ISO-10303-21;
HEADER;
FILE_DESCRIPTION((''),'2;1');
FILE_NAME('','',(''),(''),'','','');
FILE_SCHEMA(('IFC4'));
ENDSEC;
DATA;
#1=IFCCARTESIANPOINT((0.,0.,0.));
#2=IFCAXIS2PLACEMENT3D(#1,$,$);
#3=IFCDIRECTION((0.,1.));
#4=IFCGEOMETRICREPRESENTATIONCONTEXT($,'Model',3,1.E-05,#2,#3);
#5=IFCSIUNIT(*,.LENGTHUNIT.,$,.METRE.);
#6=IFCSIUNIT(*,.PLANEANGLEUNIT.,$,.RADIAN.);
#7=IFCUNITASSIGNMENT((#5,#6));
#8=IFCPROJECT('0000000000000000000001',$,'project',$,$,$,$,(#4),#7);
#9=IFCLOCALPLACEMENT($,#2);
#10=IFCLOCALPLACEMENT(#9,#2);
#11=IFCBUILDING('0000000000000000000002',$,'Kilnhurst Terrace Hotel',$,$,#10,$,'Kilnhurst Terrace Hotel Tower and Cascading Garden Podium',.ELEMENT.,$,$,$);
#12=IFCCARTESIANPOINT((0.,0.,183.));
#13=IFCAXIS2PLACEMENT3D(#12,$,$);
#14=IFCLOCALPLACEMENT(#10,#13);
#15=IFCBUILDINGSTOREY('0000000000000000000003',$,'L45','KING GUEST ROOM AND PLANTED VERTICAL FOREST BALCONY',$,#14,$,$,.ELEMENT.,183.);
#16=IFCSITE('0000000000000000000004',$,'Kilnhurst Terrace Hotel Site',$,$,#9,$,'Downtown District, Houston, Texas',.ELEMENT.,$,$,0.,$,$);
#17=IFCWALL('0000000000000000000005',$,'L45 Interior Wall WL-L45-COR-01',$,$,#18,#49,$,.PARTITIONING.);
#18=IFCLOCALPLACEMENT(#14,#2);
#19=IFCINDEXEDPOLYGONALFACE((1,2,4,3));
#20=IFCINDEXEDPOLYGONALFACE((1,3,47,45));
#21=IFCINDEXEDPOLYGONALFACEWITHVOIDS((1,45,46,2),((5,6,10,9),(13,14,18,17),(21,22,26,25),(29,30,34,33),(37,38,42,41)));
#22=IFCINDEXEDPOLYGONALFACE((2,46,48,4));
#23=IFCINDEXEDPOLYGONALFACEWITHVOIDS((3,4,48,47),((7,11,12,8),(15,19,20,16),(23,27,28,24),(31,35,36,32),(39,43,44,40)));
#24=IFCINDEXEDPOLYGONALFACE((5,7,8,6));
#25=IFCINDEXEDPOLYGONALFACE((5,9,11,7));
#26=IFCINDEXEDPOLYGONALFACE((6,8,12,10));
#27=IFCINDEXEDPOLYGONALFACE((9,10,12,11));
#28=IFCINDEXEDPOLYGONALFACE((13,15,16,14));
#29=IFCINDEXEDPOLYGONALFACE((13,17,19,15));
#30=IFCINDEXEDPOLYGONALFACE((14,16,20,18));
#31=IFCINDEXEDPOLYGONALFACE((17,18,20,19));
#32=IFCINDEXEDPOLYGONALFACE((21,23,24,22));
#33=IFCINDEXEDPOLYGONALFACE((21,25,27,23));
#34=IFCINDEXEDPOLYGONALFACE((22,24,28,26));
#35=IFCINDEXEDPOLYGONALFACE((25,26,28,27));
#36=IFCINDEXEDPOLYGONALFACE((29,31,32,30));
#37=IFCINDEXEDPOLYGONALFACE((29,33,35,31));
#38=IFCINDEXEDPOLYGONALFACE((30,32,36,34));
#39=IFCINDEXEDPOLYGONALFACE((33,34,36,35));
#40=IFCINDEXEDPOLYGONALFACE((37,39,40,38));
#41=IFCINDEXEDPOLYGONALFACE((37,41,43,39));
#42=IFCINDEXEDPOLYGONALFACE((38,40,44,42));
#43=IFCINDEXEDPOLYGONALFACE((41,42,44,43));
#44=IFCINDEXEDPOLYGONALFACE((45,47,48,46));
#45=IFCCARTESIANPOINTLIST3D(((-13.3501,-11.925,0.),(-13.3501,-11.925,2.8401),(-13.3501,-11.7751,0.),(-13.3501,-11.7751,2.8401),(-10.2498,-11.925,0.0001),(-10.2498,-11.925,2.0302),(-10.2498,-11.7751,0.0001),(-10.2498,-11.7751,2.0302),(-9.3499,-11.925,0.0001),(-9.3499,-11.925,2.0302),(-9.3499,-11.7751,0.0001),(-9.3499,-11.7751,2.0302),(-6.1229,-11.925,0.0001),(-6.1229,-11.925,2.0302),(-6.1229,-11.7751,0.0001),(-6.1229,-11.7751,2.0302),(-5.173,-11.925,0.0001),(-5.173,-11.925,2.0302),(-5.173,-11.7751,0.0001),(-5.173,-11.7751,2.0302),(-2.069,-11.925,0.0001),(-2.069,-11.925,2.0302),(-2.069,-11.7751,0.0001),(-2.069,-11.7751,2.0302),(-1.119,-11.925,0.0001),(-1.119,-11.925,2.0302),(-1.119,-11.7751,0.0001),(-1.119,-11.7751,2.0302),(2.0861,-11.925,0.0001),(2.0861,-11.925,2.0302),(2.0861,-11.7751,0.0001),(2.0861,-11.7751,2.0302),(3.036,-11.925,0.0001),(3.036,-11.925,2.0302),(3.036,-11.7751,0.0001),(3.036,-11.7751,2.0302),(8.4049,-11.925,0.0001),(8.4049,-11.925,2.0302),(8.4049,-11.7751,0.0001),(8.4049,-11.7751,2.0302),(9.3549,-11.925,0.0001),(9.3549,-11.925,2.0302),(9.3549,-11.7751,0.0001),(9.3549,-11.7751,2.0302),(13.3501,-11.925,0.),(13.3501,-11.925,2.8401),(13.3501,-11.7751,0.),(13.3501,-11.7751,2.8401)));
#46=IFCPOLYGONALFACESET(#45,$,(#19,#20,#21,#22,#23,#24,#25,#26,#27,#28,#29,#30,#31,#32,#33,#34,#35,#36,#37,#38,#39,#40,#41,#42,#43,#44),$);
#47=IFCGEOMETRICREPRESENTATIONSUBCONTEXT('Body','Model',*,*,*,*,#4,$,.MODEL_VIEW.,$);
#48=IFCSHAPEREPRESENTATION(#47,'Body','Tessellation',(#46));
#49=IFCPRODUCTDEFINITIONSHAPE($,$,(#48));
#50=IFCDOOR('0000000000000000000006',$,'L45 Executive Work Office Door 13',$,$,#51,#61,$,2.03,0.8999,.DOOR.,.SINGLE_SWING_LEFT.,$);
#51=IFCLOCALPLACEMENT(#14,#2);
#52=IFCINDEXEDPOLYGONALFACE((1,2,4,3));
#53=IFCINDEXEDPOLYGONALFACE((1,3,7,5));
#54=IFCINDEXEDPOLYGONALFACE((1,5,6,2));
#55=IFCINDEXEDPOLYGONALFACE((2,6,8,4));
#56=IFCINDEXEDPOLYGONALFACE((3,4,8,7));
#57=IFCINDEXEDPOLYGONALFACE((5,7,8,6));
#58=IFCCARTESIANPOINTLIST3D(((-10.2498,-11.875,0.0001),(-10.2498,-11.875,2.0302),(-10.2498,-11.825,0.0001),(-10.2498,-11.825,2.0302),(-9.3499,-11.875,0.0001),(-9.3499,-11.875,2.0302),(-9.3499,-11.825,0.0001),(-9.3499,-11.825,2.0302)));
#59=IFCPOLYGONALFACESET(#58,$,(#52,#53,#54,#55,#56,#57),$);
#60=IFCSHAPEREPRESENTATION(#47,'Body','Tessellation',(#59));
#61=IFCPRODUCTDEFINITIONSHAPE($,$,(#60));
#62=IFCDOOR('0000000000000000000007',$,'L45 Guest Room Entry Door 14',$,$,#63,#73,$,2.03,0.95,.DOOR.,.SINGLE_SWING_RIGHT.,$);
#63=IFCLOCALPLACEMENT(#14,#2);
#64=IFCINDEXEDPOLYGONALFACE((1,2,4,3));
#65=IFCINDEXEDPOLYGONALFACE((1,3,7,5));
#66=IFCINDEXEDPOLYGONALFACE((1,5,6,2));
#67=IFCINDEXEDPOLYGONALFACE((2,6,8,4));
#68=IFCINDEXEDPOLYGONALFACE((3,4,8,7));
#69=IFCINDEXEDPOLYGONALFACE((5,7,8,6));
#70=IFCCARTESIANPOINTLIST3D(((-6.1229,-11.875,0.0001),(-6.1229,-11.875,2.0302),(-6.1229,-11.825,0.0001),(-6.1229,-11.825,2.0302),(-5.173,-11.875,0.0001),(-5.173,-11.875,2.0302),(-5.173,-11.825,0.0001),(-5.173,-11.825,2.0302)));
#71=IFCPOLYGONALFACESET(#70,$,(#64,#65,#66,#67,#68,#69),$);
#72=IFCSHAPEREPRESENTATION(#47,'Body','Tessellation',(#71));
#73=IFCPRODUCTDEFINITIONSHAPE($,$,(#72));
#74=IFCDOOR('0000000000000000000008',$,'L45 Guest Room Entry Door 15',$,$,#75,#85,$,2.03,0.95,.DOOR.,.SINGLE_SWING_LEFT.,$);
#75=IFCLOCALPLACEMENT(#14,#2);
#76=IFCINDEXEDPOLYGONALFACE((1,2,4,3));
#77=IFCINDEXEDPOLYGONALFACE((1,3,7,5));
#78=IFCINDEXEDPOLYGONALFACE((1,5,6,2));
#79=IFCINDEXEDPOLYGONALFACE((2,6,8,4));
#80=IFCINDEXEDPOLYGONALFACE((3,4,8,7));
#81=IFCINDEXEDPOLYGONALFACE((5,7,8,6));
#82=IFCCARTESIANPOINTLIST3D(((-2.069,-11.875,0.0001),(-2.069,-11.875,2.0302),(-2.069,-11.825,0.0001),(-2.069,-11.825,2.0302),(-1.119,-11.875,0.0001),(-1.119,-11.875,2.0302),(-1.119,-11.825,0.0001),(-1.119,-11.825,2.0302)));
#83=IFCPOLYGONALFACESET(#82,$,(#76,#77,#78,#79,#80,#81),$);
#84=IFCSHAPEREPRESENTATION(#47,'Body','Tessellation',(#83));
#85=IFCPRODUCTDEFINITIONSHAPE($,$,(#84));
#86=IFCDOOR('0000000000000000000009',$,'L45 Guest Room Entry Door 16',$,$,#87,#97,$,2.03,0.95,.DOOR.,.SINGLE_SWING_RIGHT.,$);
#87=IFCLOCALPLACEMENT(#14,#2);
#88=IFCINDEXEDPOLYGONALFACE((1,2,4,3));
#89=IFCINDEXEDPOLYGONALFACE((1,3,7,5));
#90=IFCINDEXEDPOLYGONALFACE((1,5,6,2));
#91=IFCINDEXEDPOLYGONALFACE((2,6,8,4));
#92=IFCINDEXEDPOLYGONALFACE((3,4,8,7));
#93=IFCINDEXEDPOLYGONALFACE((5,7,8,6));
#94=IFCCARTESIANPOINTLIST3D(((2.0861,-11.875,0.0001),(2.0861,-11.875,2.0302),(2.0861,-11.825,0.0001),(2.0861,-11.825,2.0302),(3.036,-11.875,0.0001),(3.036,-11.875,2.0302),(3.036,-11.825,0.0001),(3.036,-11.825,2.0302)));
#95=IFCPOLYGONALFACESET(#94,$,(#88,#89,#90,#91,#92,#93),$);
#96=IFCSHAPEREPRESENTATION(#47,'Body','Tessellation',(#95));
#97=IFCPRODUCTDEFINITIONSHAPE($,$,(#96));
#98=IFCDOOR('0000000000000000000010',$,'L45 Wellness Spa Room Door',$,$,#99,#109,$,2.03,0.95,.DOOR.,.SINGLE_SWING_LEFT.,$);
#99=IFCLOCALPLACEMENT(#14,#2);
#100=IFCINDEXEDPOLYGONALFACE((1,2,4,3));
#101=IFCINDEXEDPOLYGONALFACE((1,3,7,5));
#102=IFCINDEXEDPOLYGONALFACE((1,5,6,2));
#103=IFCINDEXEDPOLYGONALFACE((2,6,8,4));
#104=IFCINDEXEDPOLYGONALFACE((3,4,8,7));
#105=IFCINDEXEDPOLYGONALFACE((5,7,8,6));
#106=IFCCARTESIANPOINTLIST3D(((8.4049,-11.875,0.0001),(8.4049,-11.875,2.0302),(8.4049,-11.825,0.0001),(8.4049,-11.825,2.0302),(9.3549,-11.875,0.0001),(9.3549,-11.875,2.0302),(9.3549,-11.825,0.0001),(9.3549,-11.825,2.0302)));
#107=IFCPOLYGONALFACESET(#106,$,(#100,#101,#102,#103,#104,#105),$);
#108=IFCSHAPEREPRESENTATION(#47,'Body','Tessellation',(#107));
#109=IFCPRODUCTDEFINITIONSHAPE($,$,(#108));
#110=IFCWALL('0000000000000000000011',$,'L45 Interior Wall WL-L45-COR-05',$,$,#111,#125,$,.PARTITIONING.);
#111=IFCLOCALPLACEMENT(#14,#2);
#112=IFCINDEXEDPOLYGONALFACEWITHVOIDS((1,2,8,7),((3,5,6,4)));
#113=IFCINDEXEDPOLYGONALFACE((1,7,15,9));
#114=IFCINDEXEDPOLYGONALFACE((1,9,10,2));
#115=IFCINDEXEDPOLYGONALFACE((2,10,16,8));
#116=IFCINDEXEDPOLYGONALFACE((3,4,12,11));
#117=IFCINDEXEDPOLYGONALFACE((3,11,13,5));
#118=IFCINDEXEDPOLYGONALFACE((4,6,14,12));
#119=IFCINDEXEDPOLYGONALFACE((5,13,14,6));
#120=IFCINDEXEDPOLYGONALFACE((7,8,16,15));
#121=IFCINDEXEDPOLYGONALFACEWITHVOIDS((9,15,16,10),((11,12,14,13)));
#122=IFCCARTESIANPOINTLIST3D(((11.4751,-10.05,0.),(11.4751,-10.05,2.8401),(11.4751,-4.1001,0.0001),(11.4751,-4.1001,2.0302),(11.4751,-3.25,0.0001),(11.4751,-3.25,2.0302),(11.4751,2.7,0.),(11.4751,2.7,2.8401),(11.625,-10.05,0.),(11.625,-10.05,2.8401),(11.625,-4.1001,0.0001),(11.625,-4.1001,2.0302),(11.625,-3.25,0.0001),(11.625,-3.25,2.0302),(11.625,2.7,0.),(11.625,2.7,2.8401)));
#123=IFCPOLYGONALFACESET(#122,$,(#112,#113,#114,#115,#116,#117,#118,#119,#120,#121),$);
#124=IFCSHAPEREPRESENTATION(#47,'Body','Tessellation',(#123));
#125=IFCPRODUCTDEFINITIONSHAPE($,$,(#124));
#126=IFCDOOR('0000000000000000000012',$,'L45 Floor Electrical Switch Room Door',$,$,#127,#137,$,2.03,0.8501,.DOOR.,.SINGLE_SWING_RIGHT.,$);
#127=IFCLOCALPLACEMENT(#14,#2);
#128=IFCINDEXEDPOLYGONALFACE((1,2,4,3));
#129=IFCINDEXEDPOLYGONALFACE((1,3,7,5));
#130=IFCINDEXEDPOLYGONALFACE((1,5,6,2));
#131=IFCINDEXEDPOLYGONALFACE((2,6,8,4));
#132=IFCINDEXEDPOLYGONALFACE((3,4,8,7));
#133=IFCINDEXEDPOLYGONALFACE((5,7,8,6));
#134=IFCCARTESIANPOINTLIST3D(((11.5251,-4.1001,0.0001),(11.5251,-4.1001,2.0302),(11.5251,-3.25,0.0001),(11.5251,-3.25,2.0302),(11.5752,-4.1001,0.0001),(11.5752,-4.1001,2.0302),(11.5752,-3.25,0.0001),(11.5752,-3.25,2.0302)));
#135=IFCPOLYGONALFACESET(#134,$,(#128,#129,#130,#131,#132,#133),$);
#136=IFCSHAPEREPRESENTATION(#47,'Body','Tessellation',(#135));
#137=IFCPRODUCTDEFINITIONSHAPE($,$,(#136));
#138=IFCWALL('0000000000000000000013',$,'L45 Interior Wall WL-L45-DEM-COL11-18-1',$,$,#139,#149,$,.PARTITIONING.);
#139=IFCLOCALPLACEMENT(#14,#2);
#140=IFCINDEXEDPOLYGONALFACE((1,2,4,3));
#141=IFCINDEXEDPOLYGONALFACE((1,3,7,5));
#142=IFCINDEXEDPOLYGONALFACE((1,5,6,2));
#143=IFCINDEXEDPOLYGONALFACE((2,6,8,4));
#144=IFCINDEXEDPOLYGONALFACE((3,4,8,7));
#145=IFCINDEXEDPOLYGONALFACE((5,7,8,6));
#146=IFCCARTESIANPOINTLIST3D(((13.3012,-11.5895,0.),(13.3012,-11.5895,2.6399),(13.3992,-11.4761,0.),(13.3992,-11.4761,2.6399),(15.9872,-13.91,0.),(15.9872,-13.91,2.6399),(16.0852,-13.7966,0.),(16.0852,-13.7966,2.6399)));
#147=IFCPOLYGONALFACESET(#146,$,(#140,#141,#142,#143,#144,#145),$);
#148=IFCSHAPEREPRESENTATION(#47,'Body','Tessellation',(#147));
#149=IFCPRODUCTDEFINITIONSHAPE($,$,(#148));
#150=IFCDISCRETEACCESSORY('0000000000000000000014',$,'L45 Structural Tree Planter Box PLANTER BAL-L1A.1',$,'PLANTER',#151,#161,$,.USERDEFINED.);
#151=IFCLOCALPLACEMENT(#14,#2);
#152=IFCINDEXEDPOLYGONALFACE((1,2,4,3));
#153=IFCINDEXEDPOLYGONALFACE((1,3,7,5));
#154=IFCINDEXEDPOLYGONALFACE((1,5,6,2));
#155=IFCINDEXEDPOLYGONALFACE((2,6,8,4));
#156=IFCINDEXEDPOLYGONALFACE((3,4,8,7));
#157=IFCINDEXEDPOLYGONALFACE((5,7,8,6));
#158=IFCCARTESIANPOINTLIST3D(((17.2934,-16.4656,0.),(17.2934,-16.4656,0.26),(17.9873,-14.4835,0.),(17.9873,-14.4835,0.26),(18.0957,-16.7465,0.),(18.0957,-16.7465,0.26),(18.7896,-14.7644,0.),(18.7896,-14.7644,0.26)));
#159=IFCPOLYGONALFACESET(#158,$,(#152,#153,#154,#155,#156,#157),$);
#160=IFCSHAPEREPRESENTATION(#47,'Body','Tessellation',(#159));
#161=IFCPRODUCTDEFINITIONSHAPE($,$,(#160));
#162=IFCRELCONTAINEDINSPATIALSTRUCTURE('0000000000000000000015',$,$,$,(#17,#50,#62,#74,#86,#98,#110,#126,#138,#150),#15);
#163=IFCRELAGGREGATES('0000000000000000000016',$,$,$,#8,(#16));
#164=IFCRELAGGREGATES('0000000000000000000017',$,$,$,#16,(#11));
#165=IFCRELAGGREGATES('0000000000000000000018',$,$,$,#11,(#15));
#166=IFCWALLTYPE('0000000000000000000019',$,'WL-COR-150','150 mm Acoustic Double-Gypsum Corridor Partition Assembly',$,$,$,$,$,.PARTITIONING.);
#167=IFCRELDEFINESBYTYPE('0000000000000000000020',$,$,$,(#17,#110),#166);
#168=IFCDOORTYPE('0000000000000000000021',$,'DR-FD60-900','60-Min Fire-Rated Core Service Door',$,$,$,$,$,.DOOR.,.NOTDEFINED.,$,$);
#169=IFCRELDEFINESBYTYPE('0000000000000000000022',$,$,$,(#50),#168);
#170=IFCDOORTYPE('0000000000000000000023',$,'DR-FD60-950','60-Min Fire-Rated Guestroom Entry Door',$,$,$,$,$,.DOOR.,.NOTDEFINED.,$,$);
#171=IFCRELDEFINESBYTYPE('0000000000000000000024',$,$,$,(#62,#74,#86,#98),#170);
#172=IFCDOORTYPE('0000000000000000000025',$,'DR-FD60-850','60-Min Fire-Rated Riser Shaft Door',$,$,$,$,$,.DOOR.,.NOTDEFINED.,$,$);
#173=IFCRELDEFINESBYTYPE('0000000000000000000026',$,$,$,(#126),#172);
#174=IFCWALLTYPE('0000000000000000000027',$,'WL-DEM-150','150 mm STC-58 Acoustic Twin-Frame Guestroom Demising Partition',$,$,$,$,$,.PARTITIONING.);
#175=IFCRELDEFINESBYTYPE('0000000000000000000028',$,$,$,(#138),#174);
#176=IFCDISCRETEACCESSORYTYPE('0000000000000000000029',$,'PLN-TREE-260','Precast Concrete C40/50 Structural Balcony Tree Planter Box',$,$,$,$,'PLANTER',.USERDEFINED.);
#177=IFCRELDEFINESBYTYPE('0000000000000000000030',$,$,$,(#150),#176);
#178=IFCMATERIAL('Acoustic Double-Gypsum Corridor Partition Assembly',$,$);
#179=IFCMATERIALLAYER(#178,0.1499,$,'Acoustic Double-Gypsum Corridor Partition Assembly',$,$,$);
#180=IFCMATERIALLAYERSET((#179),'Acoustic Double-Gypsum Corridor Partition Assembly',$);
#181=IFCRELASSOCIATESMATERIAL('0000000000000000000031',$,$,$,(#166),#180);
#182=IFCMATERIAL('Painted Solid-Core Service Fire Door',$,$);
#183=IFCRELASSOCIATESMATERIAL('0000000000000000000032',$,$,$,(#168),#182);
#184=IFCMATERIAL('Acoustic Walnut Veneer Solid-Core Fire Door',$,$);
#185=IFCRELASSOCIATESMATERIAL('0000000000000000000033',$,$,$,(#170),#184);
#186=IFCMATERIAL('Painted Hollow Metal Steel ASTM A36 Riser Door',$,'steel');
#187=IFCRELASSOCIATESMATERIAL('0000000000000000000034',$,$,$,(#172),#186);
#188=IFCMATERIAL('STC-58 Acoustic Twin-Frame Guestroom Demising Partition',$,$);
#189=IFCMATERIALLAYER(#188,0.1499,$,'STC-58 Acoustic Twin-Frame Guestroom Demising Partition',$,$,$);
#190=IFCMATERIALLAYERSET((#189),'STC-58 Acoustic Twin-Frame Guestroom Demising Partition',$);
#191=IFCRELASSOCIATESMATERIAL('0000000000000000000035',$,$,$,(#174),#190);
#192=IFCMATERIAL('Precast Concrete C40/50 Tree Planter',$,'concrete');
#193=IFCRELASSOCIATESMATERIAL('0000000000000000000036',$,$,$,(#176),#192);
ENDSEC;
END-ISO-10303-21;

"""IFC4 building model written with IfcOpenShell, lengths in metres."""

from ifc_helpers import new_model, si_unit, direction, frame, frame_2d, origin, origin_2d, place, context, subcontext, project, spatial, rectangle, extrude, material, layer, layer_set, type_object, element, fill, save


model = new_model("IFC4")

# Units and contexts
model_context = context("Model", 3, precision=1e-05, world=origin(), true_north=direction((0.0, 1.0)))
body_context = subcontext(model_context, "Body", "Model", "MODEL_VIEW")
ifc_project = project(units=[si_unit("LENGTHUNIT", "METRE"), si_unit("PLANEANGLEUNIT", "RADIAN")], contexts=[model_context])

# Site, building, storey
site_placement = place(None, origin())
site = spatial("IfcSite", under=ifc_project, at=site_placement, Name="Kilnhurst Terrace Hotel Site", LongName="Downtown District, Houston, Texas", CompositionType="ELEMENT", RefElevation=0.0)
building_placement = place(site_placement, origin())
building = spatial("IfcBuilding", under=site, at=building_placement, Name="Kilnhurst Terrace Hotel", LongName="Kilnhurst Terrace Hotel Tower and Cascading Garden Podium", CompositionType="ELEMENT")
storey_placement = place(building_placement, frame((0.0, 0.0, 183.0)))
storey = spatial("IfcBuildingStorey", under=building, at=storey_placement, Name="L45", Description="KING GUEST ROOM AND PLANTED VERTICAL FOREST BALCONY", CompositionType="ELEMENT", Elevation=183.0)

# Wall, openings, doors
ifc_material_1 = material(Name="Acoustic Double-Gypsum Corridor Partition Assembly")
ifc_layer_1 = layer(ifc_material_1, 0.1499, Name="Acoustic Double-Gypsum Corridor Partition Assembly")
ifc_layer_set_1 = layer_set([ifc_layer_1], Name="Acoustic Double-Gypsum Corridor Partition Assembly")
wall_type_1 = type_object("IfcWallType", Name="WL-COR-150", Description="150 mm Acoustic Double-Gypsum Corridor Partition Assembly", PredefinedType="PARTITIONING", material=ifc_layer_set_1)
wall_1_placement = place(storey_placement, frame((13.3501, -11.8501, 0.0), z_axis=(0.0, 0.0, 1.0), x_axis=(-1.0, 0.0, 0.0)))
wall_1 = element("IfcWall", 1, at=wall_1_placement, inside=storey, type_object=wall_type_1, Name="L45 Interior Wall WL-L45-COR-01", PredefinedType="PARTITIONING", context=body_context, shape_type="SweptSolid", body=[
    extrude(rectangle(XDim=26.7002, YDim=0.1499, at=frame_2d((13.3501, 0.0))), origin(), (0.0, 0.0, 1.0), 2.8401),
])
opening_1_placement = place(wall_1_placement, frame((22.7, 0.0, 0.0)))
opening_1 = element("IfcOpeningElement", 2, at=opening_1_placement, cuts=wall_1, PredefinedType="OPENING", context=body_context, shape_type="SweptSolid", body=[
    extrude(rectangle(XDim=0.8999, YDim=2.03, at=frame_2d((0.45, 1.0151))), frame((0.0, 0.085, 0.0), z_axis=(0.0, -1.0, 0.0), x_axis=(1.0, 0.0, 0.0)), (0.0, 0.0, 1.0), 0.1699),
])
opening_2_placement = place(wall_1_placement, frame((18.5229, 0.0, 0.0)))
opening_2 = element("IfcOpeningElement", 3, at=opening_2_placement, cuts=wall_1, PredefinedType="OPENING", context=body_context, shape_type="SweptSolid", body=[
    extrude(rectangle(XDim=0.95, YDim=2.03, at=frame_2d((0.4751, 1.0151))), frame((0.0, 0.085, 0.0), z_axis=(0.0, -1.0, 0.0), x_axis=(1.0, 0.0, 0.0)), (0.0, 0.0, 1.0), 0.1699),
])
opening_3_placement = place(wall_1_placement, frame((14.469, 0.0, 0.0)))
opening_3 = element("IfcOpeningElement", 4, at=opening_3_placement, cuts=wall_1, PredefinedType="OPENING", context=body_context, shape_type="SweptSolid", body=[
    extrude(rectangle(XDim=0.95, YDim=2.03, at=frame_2d((0.4751, 1.0151))), frame((0.0, 0.085, 0.0), z_axis=(0.0, -1.0, 0.0), x_axis=(1.0, 0.0, 0.0)), (0.0, 0.0, 1.0), 0.1699),
])
opening_4_placement = place(wall_1_placement, frame((10.314, 0.0, 0.0)))
opening_4 = element("IfcOpeningElement", 5, at=opening_4_placement, cuts=wall_1, PredefinedType="OPENING", context=body_context, shape_type="SweptSolid", body=[
    extrude(rectangle(XDim=0.95, YDim=2.03, at=frame_2d((0.4751, 1.0151))), frame((0.0, 0.085, 0.0), z_axis=(0.0, -1.0, 0.0), x_axis=(1.0, 0.0, 0.0)), (0.0, 0.0, 1.0), 0.1699),
])
opening_5_placement = place(wall_1_placement, frame((3.9951, 0.0, 0.0)))
opening_5 = element("IfcOpeningElement", 6, at=opening_5_placement, cuts=wall_1, PredefinedType="OPENING", context=body_context, shape_type="SweptSolid", body=[
    extrude(rectangle(XDim=0.95, YDim=2.03, at=frame_2d((0.4751, 1.0151))), frame((0.0, 0.085, 0.0), z_axis=(0.0, -1.0, 0.0), x_axis=(1.0, 0.0, 0.0)), (0.0, 0.0, 1.0), 0.1699),
])
ifc_material_2 = material(Name="Painted Solid-Core Service Fire Door")
door_type_1 = type_object("IfcDoorType", Name="DR-FD60-900", Description="60-Min Fire-Rated Core Service Door", OperationType="NOTDEFINED", PredefinedType="DOOR", material=ifc_material_2)
door_1_placement = place(opening_1_placement, origin())
door_1 = element("IfcDoor", 7, at=door_1_placement, inside=storey, type_object=door_type_1, Name="L45 Executive Work Office Door 13", OperationType="SINGLE_SWING_LEFT", OverallHeight=2.03, OverallWidth=0.8999, PredefinedType="DOOR", context=body_context, shape_type="SweptSolid", body=[
    extrude(rectangle(XDim=0.8999, YDim=2.03, at=frame_2d((0.45, 1.0151))), frame((0.0, 0.0249, 0.0), z_axis=(0.0, -1.0, 0.0), x_axis=(1.0, 0.0, 0.0)), (0.0, 0.0, 1.0), 0.05),
])
fill(opening_1, door_1)
ifc_material_3 = material(Name="Acoustic Walnut Veneer Solid-Core Fire Door")
door_type_2 = type_object("IfcDoorType", Name="DR-FD60-950", Description="60-Min Fire-Rated Guestroom Entry Door", OperationType="NOTDEFINED", PredefinedType="DOOR", material=ifc_material_3)
door_2_placement = place(opening_2_placement, origin())
door_2 = element("IfcDoor", 8, at=door_2_placement, inside=storey, type_object=door_type_2, Name="L45 Guest Room Entry Door 14", OperationType="SINGLE_SWING_RIGHT", OverallHeight=2.03, OverallWidth=0.95, PredefinedType="DOOR", context=body_context, shape_type="SweptSolid", body=[
    extrude(rectangle(XDim=0.95, YDim=2.03, at=frame_2d((0.4751, 1.0151))), frame((0.0, 0.0249, 0.0), z_axis=(0.0, -1.0, 0.0), x_axis=(1.0, 0.0, 0.0)), (0.0, 0.0, 1.0), 0.05),
])
fill(opening_2, door_2)
door_3_placement = place(opening_3_placement, origin())
door_3 = element("IfcDoor", 9, at=door_3_placement, inside=storey, type_object=door_type_2, Name="L45 Guest Room Entry Door 15", OperationType="SINGLE_SWING_LEFT", OverallHeight=2.03, OverallWidth=0.95, PredefinedType="DOOR", context=body_context, shape_type="SweptSolid", body=[
    extrude(rectangle(XDim=0.95, YDim=2.03, at=frame_2d((0.4751, 1.0151))), frame((0.0, 0.0249, 0.0), z_axis=(0.0, -1.0, 0.0), x_axis=(1.0, 0.0, 0.0)), (0.0, 0.0, 1.0), 0.05),
])
fill(opening_3, door_3)
door_4_placement = place(opening_4_placement, origin())
door_4 = element("IfcDoor", 10, at=door_4_placement, inside=storey, type_object=door_type_2, Name="L45 Guest Room Entry Door 16", OperationType="SINGLE_SWING_RIGHT", OverallHeight=2.03, OverallWidth=0.95, PredefinedType="DOOR", context=body_context, shape_type="SweptSolid", body=[
    extrude(rectangle(XDim=0.95, YDim=2.03, at=frame_2d((0.4751, 1.0151))), frame((0.0, 0.0249, 0.0), z_axis=(0.0, -1.0, 0.0), x_axis=(1.0, 0.0, 0.0)), (0.0, 0.0, 1.0), 0.05),
])
fill(opening_4, door_4)
door_5_placement = place(opening_5_placement, origin())
door_5 = element("IfcDoor", 11, at=door_5_placement, inside=storey, type_object=door_type_2, Name="L45 Wellness Spa Room Door", OperationType="SINGLE_SWING_LEFT", OverallHeight=2.03, OverallWidth=0.95, PredefinedType="DOOR", context=body_context, shape_type="SweptSolid", body=[
    extrude(rectangle(XDim=0.95, YDim=2.03, at=frame_2d((0.4751, 1.0151))), frame((0.0, 0.0249, 0.0), z_axis=(0.0, -1.0, 0.0), x_axis=(1.0, 0.0, 0.0)), (0.0, 0.0, 1.0), 0.05),
])
fill(opening_5, door_5)

# Wall, opening, door
wall_2_placement = place(storey_placement, frame((11.55, -10.05, 0.0), z_axis=(0.0, 0.0, 1.0), x_axis=(0.0, 1.0, 0.0)))
wall_2 = element("IfcWall", 12, at=wall_2_placement, inside=storey, type_object=wall_type_1, Name="L45 Interior Wall WL-L45-COR-05", PredefinedType="PARTITIONING", context=body_context, shape_type="SweptSolid", body=[
    extrude(rectangle(XDim=12.75, YDim=0.1499, at=frame_2d((6.375, 0.0))), origin(), (0.0, 0.0, 1.0), 2.8401),
])
opening_6_placement = place(wall_2_placement, frame((5.95, 0.0, 0.0)))
opening_6 = element("IfcOpeningElement", 13, at=opening_6_placement, cuts=wall_2, PredefinedType="OPENING", context=body_context, shape_type="SweptSolid", body=[
    extrude(rectangle(XDim=0.8501, YDim=2.03, at=frame_2d((0.425, 1.0151))), frame((0.0, 0.085, 0.0), z_axis=(0.0, -1.0, 0.0), x_axis=(1.0, 0.0, 0.0)), (0.0, 0.0, 1.0), 0.1699),
])
ifc_material_4 = material(Name="Painted Hollow Metal Steel ASTM A36 Riser Door", Category="steel")
door_type_3 = type_object("IfcDoorType", Name="DR-FD60-850", Description="60-Min Fire-Rated Riser Shaft Door", OperationType="NOTDEFINED", PredefinedType="DOOR", material=ifc_material_4)
door_6_placement = place(opening_6_placement, origin())
door_6 = element("IfcDoor", 14, at=door_6_placement, inside=storey, type_object=door_type_3, Name="L45 Floor Electrical Switch Room Door", OperationType="SINGLE_SWING_RIGHT", OverallHeight=2.03, OverallWidth=0.8501, PredefinedType="DOOR", context=body_context, shape_type="SweptSolid", body=[
    extrude(rectangle(XDim=0.8501, YDim=2.03, at=frame_2d((0.425, 1.0151))), frame((0.0, 0.0249, 0.0), z_axis=(0.0, -1.0, 0.0), x_axis=(1.0, 0.0, 0.0)), (0.0, 0.0, 1.0), 0.05),
])
fill(opening_6, door_6)

# Wall
ifc_material_5 = material(Name="STC-58 Acoustic Twin-Frame Guestroom Demising Partition")
ifc_layer_2 = layer(ifc_material_5, 0.1499, Name="STC-58 Acoustic Twin-Frame Guestroom Demising Partition")
ifc_layer_set_2 = layer_set([ifc_layer_2], Name="STC-58 Acoustic Twin-Frame Guestroom Demising Partition")
wall_type_2 = type_object("IfcWallType", Name="WL-DEM-150", Description="150 mm STC-58 Acoustic Twin-Frame Guestroom Demising Partition", PredefinedType="PARTITIONING", material=ifc_layer_set_2)
wall_3_placement = place(storey_placement, frame((13.3501, -11.5327, 0.0), z_axis=(0.0, 0.0, 1.0), x_axis=(0.756712, -0.653749, 0.0)))
element("IfcWall", 15, at=wall_3_placement, inside=storey, type_object=wall_type_2, Name="L45 Interior Wall WL-L45-DEM-COL11-18-1", PredefinedType="PARTITIONING", context=body_context, shape_type="SweptSolid", body=[
    extrude(rectangle(XDim=3.5496, YDim=0.1499, at=frame_2d((1.7749, 0.0))), origin(), (0.0, 0.0, 1.0), 2.6399),
])

# Discrete accessory
ifc_material_6 = material(Name="Precast Concrete C40/50 Tree Planter", Category="concrete")
discrete_accessory_type = type_object("IfcDiscreteAccessoryType", Name="PLN-TREE-260", Description="Precast Concrete C40/50 Structural Balcony Tree Planter Box", ElementType="PLANTER", PredefinedType="USERDEFINED", material=ifc_material_6)
discrete_accessory_placement = place(storey_placement, frame((18.0415, -15.615, 0.0), z_axis=(0.0, 0.0, 1.0), x_axis=(0.330432, 0.94383, 0.0)))
element("IfcDiscreteAccessory", 16, at=discrete_accessory_placement, inside=storey, type_object=discrete_accessory_type, Name="L45 Structural Tree Planter Box PLANTER BAL-L1A.1", ObjectType="PLANTER", PredefinedType="USERDEFINED", context=body_context, shape_type="SweptSolid", body=[
    extrude(rectangle(XDim=2.1001, YDim=0.8501, at=origin_2d()), origin(), (0.0, 0.0, 1.0), 0.26),
])

save(model, "model.ifc")
